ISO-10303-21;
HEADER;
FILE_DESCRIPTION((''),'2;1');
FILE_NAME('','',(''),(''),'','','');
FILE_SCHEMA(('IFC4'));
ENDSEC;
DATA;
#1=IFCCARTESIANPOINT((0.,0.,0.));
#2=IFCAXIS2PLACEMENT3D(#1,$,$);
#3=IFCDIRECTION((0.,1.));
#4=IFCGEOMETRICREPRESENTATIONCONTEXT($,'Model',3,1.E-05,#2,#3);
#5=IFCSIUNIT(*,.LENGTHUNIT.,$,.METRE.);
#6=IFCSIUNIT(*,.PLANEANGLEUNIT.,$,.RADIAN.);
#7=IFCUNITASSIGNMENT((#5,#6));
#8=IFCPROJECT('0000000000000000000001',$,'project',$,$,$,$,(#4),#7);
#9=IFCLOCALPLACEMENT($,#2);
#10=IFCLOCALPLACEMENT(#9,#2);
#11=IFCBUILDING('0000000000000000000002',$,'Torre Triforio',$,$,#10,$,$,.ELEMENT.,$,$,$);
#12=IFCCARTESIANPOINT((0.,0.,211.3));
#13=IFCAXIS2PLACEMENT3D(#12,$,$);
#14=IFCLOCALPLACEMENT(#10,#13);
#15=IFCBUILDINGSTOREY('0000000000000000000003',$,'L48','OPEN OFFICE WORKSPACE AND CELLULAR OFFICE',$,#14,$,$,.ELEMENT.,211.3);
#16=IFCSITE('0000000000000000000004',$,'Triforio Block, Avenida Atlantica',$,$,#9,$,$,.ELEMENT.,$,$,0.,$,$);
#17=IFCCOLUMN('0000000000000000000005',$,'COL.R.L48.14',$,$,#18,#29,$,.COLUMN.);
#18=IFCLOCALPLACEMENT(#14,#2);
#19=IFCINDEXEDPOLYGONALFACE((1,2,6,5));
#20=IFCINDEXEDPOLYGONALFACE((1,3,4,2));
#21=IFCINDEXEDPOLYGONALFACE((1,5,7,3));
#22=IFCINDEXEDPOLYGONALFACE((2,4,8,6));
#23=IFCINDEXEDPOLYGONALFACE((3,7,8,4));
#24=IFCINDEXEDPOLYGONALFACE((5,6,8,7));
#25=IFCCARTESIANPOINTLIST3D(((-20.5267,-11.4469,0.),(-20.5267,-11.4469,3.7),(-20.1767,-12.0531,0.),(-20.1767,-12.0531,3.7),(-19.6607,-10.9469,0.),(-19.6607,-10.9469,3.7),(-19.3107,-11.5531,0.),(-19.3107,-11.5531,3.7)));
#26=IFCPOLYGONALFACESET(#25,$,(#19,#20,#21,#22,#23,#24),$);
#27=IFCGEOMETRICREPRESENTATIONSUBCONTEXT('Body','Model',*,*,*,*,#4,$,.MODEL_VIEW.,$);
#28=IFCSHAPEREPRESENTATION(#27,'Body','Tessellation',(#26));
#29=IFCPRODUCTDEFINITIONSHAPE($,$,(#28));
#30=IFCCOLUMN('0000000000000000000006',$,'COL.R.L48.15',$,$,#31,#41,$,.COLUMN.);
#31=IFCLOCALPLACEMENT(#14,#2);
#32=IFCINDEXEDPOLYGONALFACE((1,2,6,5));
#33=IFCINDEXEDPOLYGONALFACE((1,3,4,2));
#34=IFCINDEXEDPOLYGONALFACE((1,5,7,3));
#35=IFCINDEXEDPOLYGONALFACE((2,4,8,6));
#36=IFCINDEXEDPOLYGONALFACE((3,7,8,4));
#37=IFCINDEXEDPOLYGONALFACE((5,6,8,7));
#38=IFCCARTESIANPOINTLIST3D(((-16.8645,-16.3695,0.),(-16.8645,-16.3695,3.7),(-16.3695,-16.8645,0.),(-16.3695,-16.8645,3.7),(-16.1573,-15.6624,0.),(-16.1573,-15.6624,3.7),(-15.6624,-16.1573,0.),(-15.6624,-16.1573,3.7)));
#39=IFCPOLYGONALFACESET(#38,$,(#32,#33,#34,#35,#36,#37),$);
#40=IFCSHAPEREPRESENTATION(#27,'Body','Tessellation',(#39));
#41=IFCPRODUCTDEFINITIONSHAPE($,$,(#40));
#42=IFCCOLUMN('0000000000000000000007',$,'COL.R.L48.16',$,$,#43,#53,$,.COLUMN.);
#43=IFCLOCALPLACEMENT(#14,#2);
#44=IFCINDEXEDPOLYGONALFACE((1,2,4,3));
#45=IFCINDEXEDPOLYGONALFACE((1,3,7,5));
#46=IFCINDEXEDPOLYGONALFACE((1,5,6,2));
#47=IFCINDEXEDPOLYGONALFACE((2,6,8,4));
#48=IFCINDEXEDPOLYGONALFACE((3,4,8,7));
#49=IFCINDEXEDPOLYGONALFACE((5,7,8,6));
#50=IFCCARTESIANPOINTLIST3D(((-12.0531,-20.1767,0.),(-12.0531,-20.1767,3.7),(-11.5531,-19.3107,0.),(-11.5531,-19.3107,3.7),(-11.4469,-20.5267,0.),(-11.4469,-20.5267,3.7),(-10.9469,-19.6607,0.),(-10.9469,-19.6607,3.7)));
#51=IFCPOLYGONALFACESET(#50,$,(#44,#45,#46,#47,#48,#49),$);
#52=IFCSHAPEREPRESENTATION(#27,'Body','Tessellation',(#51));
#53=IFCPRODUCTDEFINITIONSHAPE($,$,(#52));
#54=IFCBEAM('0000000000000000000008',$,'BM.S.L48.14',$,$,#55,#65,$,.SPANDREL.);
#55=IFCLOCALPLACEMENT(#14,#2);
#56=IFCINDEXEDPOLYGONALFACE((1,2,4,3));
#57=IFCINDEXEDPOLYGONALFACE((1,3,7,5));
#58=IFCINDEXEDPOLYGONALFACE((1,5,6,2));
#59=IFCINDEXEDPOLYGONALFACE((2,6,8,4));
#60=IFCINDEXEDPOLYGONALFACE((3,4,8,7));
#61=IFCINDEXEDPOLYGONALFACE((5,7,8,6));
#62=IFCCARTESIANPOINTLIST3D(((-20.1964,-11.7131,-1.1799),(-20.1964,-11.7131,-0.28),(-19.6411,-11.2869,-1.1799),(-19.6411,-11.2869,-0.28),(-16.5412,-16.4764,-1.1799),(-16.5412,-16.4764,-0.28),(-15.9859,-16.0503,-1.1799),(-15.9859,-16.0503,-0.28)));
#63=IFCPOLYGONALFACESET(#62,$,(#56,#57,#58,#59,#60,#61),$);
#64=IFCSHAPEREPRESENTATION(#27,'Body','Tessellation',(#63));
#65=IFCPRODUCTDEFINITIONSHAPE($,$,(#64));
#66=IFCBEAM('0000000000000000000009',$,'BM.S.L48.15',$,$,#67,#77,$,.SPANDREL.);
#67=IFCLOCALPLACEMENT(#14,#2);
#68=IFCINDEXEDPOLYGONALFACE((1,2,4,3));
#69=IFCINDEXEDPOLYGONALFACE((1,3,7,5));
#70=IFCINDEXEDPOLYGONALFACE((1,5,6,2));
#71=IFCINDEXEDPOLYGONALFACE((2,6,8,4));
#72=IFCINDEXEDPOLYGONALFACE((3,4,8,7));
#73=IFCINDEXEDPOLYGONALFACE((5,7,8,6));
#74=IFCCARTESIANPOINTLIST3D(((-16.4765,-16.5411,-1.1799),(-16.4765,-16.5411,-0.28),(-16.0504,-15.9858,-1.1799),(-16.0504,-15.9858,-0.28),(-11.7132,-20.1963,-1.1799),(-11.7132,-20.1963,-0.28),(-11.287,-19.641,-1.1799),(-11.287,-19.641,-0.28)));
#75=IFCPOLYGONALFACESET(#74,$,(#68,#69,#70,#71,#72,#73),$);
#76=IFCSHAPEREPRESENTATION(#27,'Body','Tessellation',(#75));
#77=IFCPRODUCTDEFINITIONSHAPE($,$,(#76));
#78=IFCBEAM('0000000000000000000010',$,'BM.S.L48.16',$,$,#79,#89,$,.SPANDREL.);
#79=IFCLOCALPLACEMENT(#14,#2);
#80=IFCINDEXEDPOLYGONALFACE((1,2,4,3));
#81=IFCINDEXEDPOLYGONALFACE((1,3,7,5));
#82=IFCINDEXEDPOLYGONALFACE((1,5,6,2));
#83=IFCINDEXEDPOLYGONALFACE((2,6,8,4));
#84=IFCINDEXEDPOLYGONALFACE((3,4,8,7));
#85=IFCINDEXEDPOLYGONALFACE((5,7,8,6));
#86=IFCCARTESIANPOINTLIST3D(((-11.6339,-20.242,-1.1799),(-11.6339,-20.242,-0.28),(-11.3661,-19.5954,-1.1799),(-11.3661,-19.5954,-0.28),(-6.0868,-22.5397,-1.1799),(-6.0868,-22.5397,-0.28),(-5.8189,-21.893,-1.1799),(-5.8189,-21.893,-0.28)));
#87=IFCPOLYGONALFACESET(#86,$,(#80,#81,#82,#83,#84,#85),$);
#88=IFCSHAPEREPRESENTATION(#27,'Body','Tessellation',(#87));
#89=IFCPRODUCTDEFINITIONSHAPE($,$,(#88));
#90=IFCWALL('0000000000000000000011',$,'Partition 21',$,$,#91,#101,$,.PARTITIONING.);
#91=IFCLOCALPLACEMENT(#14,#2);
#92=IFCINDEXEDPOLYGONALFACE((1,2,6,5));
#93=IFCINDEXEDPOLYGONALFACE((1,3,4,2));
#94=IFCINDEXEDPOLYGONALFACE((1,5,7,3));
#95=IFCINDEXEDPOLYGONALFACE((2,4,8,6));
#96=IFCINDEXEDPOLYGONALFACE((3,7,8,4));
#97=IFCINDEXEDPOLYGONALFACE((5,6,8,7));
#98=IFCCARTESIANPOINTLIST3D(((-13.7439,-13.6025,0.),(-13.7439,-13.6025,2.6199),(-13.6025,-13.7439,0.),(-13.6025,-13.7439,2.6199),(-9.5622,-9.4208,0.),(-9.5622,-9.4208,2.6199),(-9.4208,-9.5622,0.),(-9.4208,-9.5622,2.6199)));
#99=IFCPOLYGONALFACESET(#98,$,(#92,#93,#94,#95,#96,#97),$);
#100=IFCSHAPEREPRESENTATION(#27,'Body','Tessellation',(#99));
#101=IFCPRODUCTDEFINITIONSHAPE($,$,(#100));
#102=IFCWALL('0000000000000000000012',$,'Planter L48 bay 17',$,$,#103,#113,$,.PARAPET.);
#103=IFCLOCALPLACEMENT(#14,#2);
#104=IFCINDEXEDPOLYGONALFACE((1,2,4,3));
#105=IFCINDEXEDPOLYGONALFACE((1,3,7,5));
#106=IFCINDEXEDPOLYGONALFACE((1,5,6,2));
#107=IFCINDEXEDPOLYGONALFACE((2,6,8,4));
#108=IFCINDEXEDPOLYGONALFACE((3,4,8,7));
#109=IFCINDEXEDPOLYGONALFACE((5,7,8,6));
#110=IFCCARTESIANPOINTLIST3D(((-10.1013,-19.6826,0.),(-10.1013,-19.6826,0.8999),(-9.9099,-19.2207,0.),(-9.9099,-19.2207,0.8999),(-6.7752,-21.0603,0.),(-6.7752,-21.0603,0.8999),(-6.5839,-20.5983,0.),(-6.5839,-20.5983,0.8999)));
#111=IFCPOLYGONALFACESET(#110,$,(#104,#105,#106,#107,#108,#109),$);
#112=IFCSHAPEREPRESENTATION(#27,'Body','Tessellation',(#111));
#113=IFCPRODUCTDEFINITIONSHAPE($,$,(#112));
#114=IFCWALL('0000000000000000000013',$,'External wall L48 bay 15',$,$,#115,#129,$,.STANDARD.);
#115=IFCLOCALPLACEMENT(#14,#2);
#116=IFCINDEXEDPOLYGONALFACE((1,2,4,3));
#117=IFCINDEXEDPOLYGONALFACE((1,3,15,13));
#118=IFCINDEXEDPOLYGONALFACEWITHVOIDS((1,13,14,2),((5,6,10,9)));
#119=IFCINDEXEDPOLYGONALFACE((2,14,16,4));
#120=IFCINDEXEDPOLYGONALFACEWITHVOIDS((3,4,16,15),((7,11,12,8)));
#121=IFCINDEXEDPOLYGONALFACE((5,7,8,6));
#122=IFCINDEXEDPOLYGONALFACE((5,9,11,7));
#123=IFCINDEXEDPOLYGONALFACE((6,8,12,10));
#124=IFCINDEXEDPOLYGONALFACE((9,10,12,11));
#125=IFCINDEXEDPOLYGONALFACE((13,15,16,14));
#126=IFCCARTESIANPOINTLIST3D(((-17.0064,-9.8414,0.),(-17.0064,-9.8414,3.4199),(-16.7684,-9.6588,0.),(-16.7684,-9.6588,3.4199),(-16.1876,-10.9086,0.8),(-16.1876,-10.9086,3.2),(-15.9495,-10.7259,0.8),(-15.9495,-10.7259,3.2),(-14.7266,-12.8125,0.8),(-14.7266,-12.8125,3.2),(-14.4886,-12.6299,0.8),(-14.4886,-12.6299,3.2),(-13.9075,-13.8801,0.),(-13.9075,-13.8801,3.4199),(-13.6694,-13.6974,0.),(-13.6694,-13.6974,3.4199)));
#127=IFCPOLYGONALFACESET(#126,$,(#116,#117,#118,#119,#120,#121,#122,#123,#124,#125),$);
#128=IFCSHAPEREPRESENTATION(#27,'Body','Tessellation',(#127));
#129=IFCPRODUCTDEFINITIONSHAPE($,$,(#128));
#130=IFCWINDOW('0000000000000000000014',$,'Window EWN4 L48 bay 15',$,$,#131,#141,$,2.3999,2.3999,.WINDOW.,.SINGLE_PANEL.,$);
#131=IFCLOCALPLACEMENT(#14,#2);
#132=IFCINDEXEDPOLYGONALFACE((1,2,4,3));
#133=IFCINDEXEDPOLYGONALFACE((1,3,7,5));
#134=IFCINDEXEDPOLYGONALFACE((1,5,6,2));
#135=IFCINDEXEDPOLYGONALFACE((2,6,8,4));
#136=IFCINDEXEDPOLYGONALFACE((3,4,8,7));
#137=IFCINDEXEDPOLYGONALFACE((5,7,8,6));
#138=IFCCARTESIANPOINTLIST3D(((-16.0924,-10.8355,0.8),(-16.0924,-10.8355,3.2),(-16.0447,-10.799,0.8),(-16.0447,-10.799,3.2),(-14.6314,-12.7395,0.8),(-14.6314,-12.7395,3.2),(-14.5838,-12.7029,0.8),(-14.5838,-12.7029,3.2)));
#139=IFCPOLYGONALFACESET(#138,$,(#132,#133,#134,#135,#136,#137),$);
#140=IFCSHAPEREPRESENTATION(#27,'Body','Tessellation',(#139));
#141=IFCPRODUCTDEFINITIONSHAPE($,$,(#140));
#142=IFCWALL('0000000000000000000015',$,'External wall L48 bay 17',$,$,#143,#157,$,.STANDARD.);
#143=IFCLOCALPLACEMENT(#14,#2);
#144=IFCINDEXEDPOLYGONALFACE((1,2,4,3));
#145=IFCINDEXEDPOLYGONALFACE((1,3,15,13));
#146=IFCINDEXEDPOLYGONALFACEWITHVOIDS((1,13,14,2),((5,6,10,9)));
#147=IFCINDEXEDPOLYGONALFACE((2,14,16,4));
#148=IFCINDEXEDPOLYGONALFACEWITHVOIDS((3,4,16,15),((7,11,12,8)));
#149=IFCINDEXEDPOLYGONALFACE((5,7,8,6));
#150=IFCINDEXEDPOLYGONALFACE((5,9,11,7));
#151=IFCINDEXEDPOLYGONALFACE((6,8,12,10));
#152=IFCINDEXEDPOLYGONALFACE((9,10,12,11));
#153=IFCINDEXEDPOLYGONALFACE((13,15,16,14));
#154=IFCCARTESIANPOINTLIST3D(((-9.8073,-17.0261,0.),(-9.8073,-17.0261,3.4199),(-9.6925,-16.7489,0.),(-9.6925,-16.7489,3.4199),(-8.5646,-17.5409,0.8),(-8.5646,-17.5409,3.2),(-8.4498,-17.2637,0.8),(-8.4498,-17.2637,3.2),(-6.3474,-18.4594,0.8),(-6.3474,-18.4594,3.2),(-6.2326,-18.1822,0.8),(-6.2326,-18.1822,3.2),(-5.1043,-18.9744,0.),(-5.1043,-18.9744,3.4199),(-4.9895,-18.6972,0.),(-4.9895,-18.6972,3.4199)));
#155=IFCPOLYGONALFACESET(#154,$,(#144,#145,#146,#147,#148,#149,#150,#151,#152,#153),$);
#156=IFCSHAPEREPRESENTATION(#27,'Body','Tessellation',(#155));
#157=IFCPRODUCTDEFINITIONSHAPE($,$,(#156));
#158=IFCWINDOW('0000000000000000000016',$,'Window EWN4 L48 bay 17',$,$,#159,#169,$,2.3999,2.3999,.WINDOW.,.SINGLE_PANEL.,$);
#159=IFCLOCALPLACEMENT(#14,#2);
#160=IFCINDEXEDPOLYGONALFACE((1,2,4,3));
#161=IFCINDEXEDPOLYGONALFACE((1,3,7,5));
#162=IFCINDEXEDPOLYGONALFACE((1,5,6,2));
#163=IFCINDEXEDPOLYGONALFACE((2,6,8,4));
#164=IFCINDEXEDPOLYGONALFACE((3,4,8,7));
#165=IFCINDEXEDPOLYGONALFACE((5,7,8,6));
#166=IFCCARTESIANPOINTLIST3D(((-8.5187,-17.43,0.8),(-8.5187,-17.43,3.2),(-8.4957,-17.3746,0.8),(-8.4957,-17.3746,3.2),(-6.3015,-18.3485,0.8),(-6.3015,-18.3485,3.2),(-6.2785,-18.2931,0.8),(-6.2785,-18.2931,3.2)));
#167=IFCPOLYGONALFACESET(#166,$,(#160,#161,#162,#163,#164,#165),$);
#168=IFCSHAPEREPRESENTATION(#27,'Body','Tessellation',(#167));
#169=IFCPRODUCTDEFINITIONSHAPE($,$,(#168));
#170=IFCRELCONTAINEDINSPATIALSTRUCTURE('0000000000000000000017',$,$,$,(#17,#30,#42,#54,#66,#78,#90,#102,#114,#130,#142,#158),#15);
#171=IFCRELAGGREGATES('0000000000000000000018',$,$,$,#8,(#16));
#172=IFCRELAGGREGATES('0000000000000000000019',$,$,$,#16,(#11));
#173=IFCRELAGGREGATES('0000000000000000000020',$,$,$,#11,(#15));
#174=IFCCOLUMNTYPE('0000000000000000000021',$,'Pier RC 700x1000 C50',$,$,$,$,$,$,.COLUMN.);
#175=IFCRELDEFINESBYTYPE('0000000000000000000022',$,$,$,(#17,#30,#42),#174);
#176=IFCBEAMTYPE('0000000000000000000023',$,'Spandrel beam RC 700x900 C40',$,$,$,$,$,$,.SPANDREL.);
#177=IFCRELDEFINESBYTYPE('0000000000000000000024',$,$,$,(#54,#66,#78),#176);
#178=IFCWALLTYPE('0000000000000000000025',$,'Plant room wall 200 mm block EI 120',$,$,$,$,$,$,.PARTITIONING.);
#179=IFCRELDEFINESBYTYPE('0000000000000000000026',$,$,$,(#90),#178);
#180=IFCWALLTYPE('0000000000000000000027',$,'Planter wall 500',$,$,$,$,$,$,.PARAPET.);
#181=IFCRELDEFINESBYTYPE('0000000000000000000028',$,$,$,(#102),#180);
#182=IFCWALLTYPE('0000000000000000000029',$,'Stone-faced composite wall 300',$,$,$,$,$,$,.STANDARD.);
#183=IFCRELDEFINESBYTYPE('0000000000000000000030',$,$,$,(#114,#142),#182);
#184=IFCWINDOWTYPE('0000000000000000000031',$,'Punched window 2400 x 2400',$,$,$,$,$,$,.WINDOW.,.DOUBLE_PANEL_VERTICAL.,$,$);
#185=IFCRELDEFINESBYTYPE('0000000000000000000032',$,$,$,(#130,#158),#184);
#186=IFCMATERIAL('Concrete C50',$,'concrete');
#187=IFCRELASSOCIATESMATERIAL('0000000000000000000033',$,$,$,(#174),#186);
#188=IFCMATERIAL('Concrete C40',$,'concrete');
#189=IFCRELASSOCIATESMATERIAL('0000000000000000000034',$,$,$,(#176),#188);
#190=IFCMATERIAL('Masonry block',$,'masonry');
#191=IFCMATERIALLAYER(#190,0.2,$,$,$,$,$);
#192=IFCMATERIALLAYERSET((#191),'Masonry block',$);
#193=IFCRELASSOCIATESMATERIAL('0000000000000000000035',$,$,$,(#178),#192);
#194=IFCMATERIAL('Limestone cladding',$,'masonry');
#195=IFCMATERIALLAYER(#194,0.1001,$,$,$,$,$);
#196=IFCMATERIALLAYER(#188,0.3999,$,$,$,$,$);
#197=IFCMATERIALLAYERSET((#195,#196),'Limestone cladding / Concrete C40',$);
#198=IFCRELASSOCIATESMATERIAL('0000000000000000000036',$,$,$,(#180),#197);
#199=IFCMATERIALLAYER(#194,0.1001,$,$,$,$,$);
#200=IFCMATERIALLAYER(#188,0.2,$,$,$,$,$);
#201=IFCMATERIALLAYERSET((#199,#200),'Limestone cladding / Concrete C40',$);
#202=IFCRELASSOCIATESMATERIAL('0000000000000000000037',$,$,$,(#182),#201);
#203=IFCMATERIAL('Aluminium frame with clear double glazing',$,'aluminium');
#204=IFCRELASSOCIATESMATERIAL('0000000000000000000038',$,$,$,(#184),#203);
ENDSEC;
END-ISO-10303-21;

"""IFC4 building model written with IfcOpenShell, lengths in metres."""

from ifc_helpers import new_model, si_unit, direction, frame, frame_2d, origin, origin_2d, place, context, subcontext, project, spatial, rectangle, extrude, material, layer, layer_set, material_profile, profile_set, type_object, element, fill, save


model = new_model("IFC4")

# Units and contexts
model_context = context("Model", 3, precision=1e-05, world=origin(), true_north=direction((0.0, 1.0)))
body_context = subcontext(model_context, "Body", "Model", "MODEL_VIEW")
ifc_project = project(units=[si_unit("LENGTHUNIT", "METRE"), si_unit("PLANEANGLEUNIT", "RADIAN")], contexts=[model_context])

# Site, building, storey
site_placement = place(None, origin())
site = spatial("IfcSite", under=ifc_project, at=site_placement, Name="Triforio Block, Avenida Atlantica", CompositionType="ELEMENT", RefElevation=0.0)
building_placement = place(site_placement, origin())
building = spatial("IfcBuilding", under=site, at=building_placement, Name="Torre Triforio", CompositionType="ELEMENT")
storey_placement = place(building_placement, frame((0.0, 0.0, 211.3)))
storey = spatial("IfcBuildingStorey", under=building, at=storey_placement, Name="L48", Description="OPEN OFFICE WORKSPACE AND CELLULAR OFFICE", CompositionType="ELEMENT", Elevation=211.3)

# Columns
ifc_material_1 = material(Name="Concrete C50", Category="concrete")
ifc_material_profile_1 = material_profile(ifc_material_1, rectangle(XDim=0.7, YDim=1.0, at=origin_2d()), Name="RC 700x1000")
ifc_profile_set_1 = profile_set([ifc_material_profile_1], Name="Concrete C50")
column_type = type_object("IfcColumnType", Name="Pier RC 700x1000 C50", PredefinedType="COLUMN", material=ifc_profile_set_1)
for number, where, z_axis, x_axis, name in (
    (1, (-19.9187, -11.5, 0.0), (0.0, 0.0, 1.0), (0.5, -0.866025, 0.0), "COL.R.L48.14"),
    (2, (-16.2634, -16.2634, 0.0), (0.0, 0.0, 1.0), (0.707107, -0.707107, 0.0), "COL.R.L48.15"),
    (3, (-11.5, -19.9187, 0.0), (0.0, 0.0, 1.0), (0.866025, -0.5, 0.0), "COL.R.L48.16"),
):
    element("IfcColumn", number, at=place(storey_placement, frame(where, z_axis=z_axis, x_axis=x_axis)), inside=storey, type_object=column_type, Name=name, PredefinedType="COLUMN", context=body_context, shape_type="SweptSolid", body=[
        extrude(rectangle(XDim=0.7, YDim=1.0, at=origin_2d()), origin(), (0.0, 0.0, 1.0), 3.7),
    ])

# Beams
ifc_material_2 = material(Name="Concrete C40", Category="concrete")
ifc_material_profile_2 = material_profile(ifc_material_2, rectangle(XDim=0.7, YDim=0.8999, at=origin_2d()), Name="RC 700x900")
ifc_profile_set_2 = profile_set([ifc_material_profile_2], Name="Concrete C40")
beam_type = type_object("IfcBeamType", Name="Spandrel beam RC 700x900 C40", PredefinedType="SPANDREL", material=ifc_profile_set_2)
for number, where, z_axis, x_axis, name in (
    (4, (-19.9187, -11.5, -0.73), (0.608779, -0.79334, 0.0), (0.79334, 0.608779, 0.0), "BM.S.L48.14"),
    (5, (-16.2634, -16.2634, -0.73), (0.79334, -0.608779, 0.0), (0.608779, 0.79334, 0.0), "BM.S.L48.15"),
    (6, (-11.5, -19.9187, -0.73), (0.923885, -0.382671, 0.0), (0.382671, 0.923885, 0.0), "BM.S.L48.16"),
):
    element("IfcBeam", number, at=place(storey_placement, frame(where, z_axis=z_axis, x_axis=x_axis)), inside=storey, type_object=beam_type, Name=name, PredefinedType="SPANDREL", context=body_context, shape_type="SweptSolid", body=[
        extrude(rectangle(XDim=0.7, YDim=0.8999, at=origin_2d()), origin(), (0.0, 0.0, 1.0), 6.0042),
    ])

# Walls
ifc_material_3 = material(Name="Masonry block", Category="masonry")
ifc_layer_1 = layer(ifc_material_3, 0.2)
ifc_layer_set_1 = layer_set([ifc_layer_1], Name="Masonry block")
wall_type_1 = type_object("IfcWallType", Name="Plant room wall 200 mm block EI 120", PredefinedType="PARTITIONING", material=ifc_layer_set_1)
wall_1_placement = place(storey_placement, frame((-9.4915, -9.4915, 0.0), z_axis=(0.0, 0.0, 1.0), x_axis=(-0.707107, -0.707107, 0.0)))
element("IfcWall", 7, at=wall_1_placement, inside=storey, type_object=wall_type_1, Name="Partition 21", PredefinedType="PARTITIONING", context=body_context, shape_type="SweptSolid", body=[
    extrude(rectangle(XDim=5.9138, YDim=0.2, at=frame_2d((2.957, 0.0))), origin(), (0.0, 0.0, 1.0), 2.6199),
])
ifc_material_4 = material(Name="Limestone cladding", Category="masonry")
ifc_layer_2 = layer(ifc_material_4, 0.1001)
ifc_layer_3 = layer(ifc_material_2, 0.3999)
ifc_layer_set_2 = layer_set([ifc_layer_2, ifc_layer_3], Name="Limestone cladding / Concrete C40")
wall_type_2 = type_object("IfcWallType", Name="Planter wall 500", PredefinedType="PARAPET", material=ifc_layer_set_2)
wall_2_placement = place(storey_placement, frame((-10.0056, -19.4517, 0.0), z_axis=(0.0, 0.0, 1.0), x_axis=(0.923885, -0.382669, 0.0)))
element("IfcWall", 8, at=wall_2_placement, inside=storey, type_object=wall_type_2, Name="Planter L48 bay 17", PredefinedType="PARAPET", context=body_context, shape_type="SweptSolid", body=[
    extrude(rectangle(XDim=3.6001, YDim=0.5, at=frame_2d((1.8, 0.0))), origin(), (0.0, 0.0, 1.0), 0.8999),
])

# Wall, opening, window
ifc_layer_4 = layer(ifc_material_4, 0.1001)
ifc_layer_5 = layer(ifc_material_2, 0.2)
ifc_layer_set_3 = layer_set([ifc_layer_4, ifc_layer_5], Name="Limestone cladding / Concrete C40")
wall_type_3 = type_object("IfcWallType", Name="Stone-faced composite wall 300", PredefinedType="STANDARD", material=ifc_layer_set_3)
wall_3_placement = place(storey_placement, frame((-16.8875, -9.75, 0.0), z_axis=(0.0, 0.0, 1.0), x_axis=(0.608758, -0.793356, 0.0)))
wall_3 = element("IfcWall", 9, at=wall_3_placement, inside=storey, type_object=wall_type_3, Name="External wall L48 bay 15", PredefinedType="STANDARD", context=body_context, shape_type="SweptSolid", body=[
    extrude(rectangle(XDim=5.0906, YDim=0.3, at=frame_2d((2.5454, 0.0))), origin(), (0.0, 0.0, 1.0), 3.4199),
])
opening_1_placement = place(wall_3_placement, frame((1.3452, 0.0, 0.8)))
opening_1 = element("IfcOpeningElement", 10, at=opening_1_placement, cuts=wall_3, PredefinedType="OPENING", context=body_context, shape_type="SweptSolid", body=[
    extrude(rectangle(XDim=2.3999, YDim=2.3999, at=frame_2d((1.2, 1.2))), frame((0.0, 0.1599, 0.0), z_axis=(0.0, -1.0, 0.0), x_axis=(1.0, 0.0, 0.0)), (0.0, 0.0, 1.0), 0.3201),
])
ifc_material_5 = material(Name="Aluminium frame with clear double glazing", Category="aluminium")
window_type_1 = type_object("IfcWindowType", Name="Punched window 2400 x 2400", PartitioningType="DOUBLE_PANEL_VERTICAL", PredefinedType="WINDOW", material=ifc_material_5)
window_1_placement = place(opening_1_placement, origin())
window_1 = element("IfcWindow", 11, at=window_1_placement, inside=storey, type_object=window_type_1, Name="Window EWN4 L48 bay 15", OverallHeight=2.3999, OverallWidth=2.3999, PartitioningType="SINGLE_PANEL", PredefinedType="WINDOW", context=body_context, shape_type="SweptSolid", body=[
    extrude(rectangle(XDim=2.3999, YDim=2.3999, at=frame_2d((1.2, 1.2))), frame((0.0, 0.03, 0.0), z_axis=(0.0, -1.0, 0.0), x_axis=(1.0, 0.0, 0.0)), (0.0, 0.0, 1.0), 0.0601),
])
fill(opening_1, window_1)

# Wall, opening, window
wall_4_placement = place(storey_placement, frame((-9.75, -16.8875, 0.0), z_axis=(0.0, 0.0, 1.0), x_axis=(0.923863, -0.382725, 0.0)))
wall_4 = element("IfcWall", 12, at=wall_4_placement, inside=storey, type_object=wall_type_3, Name="External wall L48 bay 17", PredefinedType="STANDARD", context=body_context, shape_type="SweptSolid", body=[
    extrude(rectangle(XDim=5.0906, YDim=0.3, at=frame_2d((2.5454, 0.0))), origin(), (0.0, 0.0, 1.0), 3.4199),
])
opening_2_placement = place(wall_4_placement, frame((1.3452, 0.0, 0.8)))
opening_2 = element("IfcOpeningElement", 13, at=opening_2_placement, cuts=wall_4, PredefinedType="OPENING", context=body_context, shape_type="SweptSolid", body=[
    extrude(rectangle(XDim=2.3999, YDim=2.3999, at=frame_2d((1.2, 1.2))), frame((0.0, 0.1599, 0.0), z_axis=(0.0, -1.0, 0.0), x_axis=(1.0, 0.0, 0.0)), (0.0, 0.0, 1.0), 0.3201),
])
window_2_placement = place(opening_2_placement, origin())
window_2 = element("IfcWindow", 14, at=window_2_placement, inside=storey, type_object=window_type_1, Name="Window EWN4 L48 bay 17", OverallHeight=2.3999, OverallWidth=2.3999, PartitioningType="SINGLE_PANEL", PredefinedType="WINDOW", context=body_context, shape_type="SweptSolid", body=[
    extrude(rectangle(XDim=2.3999, YDim=2.3999, at=frame_2d((1.2, 1.2))), frame((0.0, 0.03, 0.0), z_axis=(0.0, -1.0, 0.0), x_axis=(1.0, 0.0, 0.0)), (0.0, 0.0, 1.0), 0.0601),
])
fill(opening_2, window_2)

save(model, "model.ifc")
